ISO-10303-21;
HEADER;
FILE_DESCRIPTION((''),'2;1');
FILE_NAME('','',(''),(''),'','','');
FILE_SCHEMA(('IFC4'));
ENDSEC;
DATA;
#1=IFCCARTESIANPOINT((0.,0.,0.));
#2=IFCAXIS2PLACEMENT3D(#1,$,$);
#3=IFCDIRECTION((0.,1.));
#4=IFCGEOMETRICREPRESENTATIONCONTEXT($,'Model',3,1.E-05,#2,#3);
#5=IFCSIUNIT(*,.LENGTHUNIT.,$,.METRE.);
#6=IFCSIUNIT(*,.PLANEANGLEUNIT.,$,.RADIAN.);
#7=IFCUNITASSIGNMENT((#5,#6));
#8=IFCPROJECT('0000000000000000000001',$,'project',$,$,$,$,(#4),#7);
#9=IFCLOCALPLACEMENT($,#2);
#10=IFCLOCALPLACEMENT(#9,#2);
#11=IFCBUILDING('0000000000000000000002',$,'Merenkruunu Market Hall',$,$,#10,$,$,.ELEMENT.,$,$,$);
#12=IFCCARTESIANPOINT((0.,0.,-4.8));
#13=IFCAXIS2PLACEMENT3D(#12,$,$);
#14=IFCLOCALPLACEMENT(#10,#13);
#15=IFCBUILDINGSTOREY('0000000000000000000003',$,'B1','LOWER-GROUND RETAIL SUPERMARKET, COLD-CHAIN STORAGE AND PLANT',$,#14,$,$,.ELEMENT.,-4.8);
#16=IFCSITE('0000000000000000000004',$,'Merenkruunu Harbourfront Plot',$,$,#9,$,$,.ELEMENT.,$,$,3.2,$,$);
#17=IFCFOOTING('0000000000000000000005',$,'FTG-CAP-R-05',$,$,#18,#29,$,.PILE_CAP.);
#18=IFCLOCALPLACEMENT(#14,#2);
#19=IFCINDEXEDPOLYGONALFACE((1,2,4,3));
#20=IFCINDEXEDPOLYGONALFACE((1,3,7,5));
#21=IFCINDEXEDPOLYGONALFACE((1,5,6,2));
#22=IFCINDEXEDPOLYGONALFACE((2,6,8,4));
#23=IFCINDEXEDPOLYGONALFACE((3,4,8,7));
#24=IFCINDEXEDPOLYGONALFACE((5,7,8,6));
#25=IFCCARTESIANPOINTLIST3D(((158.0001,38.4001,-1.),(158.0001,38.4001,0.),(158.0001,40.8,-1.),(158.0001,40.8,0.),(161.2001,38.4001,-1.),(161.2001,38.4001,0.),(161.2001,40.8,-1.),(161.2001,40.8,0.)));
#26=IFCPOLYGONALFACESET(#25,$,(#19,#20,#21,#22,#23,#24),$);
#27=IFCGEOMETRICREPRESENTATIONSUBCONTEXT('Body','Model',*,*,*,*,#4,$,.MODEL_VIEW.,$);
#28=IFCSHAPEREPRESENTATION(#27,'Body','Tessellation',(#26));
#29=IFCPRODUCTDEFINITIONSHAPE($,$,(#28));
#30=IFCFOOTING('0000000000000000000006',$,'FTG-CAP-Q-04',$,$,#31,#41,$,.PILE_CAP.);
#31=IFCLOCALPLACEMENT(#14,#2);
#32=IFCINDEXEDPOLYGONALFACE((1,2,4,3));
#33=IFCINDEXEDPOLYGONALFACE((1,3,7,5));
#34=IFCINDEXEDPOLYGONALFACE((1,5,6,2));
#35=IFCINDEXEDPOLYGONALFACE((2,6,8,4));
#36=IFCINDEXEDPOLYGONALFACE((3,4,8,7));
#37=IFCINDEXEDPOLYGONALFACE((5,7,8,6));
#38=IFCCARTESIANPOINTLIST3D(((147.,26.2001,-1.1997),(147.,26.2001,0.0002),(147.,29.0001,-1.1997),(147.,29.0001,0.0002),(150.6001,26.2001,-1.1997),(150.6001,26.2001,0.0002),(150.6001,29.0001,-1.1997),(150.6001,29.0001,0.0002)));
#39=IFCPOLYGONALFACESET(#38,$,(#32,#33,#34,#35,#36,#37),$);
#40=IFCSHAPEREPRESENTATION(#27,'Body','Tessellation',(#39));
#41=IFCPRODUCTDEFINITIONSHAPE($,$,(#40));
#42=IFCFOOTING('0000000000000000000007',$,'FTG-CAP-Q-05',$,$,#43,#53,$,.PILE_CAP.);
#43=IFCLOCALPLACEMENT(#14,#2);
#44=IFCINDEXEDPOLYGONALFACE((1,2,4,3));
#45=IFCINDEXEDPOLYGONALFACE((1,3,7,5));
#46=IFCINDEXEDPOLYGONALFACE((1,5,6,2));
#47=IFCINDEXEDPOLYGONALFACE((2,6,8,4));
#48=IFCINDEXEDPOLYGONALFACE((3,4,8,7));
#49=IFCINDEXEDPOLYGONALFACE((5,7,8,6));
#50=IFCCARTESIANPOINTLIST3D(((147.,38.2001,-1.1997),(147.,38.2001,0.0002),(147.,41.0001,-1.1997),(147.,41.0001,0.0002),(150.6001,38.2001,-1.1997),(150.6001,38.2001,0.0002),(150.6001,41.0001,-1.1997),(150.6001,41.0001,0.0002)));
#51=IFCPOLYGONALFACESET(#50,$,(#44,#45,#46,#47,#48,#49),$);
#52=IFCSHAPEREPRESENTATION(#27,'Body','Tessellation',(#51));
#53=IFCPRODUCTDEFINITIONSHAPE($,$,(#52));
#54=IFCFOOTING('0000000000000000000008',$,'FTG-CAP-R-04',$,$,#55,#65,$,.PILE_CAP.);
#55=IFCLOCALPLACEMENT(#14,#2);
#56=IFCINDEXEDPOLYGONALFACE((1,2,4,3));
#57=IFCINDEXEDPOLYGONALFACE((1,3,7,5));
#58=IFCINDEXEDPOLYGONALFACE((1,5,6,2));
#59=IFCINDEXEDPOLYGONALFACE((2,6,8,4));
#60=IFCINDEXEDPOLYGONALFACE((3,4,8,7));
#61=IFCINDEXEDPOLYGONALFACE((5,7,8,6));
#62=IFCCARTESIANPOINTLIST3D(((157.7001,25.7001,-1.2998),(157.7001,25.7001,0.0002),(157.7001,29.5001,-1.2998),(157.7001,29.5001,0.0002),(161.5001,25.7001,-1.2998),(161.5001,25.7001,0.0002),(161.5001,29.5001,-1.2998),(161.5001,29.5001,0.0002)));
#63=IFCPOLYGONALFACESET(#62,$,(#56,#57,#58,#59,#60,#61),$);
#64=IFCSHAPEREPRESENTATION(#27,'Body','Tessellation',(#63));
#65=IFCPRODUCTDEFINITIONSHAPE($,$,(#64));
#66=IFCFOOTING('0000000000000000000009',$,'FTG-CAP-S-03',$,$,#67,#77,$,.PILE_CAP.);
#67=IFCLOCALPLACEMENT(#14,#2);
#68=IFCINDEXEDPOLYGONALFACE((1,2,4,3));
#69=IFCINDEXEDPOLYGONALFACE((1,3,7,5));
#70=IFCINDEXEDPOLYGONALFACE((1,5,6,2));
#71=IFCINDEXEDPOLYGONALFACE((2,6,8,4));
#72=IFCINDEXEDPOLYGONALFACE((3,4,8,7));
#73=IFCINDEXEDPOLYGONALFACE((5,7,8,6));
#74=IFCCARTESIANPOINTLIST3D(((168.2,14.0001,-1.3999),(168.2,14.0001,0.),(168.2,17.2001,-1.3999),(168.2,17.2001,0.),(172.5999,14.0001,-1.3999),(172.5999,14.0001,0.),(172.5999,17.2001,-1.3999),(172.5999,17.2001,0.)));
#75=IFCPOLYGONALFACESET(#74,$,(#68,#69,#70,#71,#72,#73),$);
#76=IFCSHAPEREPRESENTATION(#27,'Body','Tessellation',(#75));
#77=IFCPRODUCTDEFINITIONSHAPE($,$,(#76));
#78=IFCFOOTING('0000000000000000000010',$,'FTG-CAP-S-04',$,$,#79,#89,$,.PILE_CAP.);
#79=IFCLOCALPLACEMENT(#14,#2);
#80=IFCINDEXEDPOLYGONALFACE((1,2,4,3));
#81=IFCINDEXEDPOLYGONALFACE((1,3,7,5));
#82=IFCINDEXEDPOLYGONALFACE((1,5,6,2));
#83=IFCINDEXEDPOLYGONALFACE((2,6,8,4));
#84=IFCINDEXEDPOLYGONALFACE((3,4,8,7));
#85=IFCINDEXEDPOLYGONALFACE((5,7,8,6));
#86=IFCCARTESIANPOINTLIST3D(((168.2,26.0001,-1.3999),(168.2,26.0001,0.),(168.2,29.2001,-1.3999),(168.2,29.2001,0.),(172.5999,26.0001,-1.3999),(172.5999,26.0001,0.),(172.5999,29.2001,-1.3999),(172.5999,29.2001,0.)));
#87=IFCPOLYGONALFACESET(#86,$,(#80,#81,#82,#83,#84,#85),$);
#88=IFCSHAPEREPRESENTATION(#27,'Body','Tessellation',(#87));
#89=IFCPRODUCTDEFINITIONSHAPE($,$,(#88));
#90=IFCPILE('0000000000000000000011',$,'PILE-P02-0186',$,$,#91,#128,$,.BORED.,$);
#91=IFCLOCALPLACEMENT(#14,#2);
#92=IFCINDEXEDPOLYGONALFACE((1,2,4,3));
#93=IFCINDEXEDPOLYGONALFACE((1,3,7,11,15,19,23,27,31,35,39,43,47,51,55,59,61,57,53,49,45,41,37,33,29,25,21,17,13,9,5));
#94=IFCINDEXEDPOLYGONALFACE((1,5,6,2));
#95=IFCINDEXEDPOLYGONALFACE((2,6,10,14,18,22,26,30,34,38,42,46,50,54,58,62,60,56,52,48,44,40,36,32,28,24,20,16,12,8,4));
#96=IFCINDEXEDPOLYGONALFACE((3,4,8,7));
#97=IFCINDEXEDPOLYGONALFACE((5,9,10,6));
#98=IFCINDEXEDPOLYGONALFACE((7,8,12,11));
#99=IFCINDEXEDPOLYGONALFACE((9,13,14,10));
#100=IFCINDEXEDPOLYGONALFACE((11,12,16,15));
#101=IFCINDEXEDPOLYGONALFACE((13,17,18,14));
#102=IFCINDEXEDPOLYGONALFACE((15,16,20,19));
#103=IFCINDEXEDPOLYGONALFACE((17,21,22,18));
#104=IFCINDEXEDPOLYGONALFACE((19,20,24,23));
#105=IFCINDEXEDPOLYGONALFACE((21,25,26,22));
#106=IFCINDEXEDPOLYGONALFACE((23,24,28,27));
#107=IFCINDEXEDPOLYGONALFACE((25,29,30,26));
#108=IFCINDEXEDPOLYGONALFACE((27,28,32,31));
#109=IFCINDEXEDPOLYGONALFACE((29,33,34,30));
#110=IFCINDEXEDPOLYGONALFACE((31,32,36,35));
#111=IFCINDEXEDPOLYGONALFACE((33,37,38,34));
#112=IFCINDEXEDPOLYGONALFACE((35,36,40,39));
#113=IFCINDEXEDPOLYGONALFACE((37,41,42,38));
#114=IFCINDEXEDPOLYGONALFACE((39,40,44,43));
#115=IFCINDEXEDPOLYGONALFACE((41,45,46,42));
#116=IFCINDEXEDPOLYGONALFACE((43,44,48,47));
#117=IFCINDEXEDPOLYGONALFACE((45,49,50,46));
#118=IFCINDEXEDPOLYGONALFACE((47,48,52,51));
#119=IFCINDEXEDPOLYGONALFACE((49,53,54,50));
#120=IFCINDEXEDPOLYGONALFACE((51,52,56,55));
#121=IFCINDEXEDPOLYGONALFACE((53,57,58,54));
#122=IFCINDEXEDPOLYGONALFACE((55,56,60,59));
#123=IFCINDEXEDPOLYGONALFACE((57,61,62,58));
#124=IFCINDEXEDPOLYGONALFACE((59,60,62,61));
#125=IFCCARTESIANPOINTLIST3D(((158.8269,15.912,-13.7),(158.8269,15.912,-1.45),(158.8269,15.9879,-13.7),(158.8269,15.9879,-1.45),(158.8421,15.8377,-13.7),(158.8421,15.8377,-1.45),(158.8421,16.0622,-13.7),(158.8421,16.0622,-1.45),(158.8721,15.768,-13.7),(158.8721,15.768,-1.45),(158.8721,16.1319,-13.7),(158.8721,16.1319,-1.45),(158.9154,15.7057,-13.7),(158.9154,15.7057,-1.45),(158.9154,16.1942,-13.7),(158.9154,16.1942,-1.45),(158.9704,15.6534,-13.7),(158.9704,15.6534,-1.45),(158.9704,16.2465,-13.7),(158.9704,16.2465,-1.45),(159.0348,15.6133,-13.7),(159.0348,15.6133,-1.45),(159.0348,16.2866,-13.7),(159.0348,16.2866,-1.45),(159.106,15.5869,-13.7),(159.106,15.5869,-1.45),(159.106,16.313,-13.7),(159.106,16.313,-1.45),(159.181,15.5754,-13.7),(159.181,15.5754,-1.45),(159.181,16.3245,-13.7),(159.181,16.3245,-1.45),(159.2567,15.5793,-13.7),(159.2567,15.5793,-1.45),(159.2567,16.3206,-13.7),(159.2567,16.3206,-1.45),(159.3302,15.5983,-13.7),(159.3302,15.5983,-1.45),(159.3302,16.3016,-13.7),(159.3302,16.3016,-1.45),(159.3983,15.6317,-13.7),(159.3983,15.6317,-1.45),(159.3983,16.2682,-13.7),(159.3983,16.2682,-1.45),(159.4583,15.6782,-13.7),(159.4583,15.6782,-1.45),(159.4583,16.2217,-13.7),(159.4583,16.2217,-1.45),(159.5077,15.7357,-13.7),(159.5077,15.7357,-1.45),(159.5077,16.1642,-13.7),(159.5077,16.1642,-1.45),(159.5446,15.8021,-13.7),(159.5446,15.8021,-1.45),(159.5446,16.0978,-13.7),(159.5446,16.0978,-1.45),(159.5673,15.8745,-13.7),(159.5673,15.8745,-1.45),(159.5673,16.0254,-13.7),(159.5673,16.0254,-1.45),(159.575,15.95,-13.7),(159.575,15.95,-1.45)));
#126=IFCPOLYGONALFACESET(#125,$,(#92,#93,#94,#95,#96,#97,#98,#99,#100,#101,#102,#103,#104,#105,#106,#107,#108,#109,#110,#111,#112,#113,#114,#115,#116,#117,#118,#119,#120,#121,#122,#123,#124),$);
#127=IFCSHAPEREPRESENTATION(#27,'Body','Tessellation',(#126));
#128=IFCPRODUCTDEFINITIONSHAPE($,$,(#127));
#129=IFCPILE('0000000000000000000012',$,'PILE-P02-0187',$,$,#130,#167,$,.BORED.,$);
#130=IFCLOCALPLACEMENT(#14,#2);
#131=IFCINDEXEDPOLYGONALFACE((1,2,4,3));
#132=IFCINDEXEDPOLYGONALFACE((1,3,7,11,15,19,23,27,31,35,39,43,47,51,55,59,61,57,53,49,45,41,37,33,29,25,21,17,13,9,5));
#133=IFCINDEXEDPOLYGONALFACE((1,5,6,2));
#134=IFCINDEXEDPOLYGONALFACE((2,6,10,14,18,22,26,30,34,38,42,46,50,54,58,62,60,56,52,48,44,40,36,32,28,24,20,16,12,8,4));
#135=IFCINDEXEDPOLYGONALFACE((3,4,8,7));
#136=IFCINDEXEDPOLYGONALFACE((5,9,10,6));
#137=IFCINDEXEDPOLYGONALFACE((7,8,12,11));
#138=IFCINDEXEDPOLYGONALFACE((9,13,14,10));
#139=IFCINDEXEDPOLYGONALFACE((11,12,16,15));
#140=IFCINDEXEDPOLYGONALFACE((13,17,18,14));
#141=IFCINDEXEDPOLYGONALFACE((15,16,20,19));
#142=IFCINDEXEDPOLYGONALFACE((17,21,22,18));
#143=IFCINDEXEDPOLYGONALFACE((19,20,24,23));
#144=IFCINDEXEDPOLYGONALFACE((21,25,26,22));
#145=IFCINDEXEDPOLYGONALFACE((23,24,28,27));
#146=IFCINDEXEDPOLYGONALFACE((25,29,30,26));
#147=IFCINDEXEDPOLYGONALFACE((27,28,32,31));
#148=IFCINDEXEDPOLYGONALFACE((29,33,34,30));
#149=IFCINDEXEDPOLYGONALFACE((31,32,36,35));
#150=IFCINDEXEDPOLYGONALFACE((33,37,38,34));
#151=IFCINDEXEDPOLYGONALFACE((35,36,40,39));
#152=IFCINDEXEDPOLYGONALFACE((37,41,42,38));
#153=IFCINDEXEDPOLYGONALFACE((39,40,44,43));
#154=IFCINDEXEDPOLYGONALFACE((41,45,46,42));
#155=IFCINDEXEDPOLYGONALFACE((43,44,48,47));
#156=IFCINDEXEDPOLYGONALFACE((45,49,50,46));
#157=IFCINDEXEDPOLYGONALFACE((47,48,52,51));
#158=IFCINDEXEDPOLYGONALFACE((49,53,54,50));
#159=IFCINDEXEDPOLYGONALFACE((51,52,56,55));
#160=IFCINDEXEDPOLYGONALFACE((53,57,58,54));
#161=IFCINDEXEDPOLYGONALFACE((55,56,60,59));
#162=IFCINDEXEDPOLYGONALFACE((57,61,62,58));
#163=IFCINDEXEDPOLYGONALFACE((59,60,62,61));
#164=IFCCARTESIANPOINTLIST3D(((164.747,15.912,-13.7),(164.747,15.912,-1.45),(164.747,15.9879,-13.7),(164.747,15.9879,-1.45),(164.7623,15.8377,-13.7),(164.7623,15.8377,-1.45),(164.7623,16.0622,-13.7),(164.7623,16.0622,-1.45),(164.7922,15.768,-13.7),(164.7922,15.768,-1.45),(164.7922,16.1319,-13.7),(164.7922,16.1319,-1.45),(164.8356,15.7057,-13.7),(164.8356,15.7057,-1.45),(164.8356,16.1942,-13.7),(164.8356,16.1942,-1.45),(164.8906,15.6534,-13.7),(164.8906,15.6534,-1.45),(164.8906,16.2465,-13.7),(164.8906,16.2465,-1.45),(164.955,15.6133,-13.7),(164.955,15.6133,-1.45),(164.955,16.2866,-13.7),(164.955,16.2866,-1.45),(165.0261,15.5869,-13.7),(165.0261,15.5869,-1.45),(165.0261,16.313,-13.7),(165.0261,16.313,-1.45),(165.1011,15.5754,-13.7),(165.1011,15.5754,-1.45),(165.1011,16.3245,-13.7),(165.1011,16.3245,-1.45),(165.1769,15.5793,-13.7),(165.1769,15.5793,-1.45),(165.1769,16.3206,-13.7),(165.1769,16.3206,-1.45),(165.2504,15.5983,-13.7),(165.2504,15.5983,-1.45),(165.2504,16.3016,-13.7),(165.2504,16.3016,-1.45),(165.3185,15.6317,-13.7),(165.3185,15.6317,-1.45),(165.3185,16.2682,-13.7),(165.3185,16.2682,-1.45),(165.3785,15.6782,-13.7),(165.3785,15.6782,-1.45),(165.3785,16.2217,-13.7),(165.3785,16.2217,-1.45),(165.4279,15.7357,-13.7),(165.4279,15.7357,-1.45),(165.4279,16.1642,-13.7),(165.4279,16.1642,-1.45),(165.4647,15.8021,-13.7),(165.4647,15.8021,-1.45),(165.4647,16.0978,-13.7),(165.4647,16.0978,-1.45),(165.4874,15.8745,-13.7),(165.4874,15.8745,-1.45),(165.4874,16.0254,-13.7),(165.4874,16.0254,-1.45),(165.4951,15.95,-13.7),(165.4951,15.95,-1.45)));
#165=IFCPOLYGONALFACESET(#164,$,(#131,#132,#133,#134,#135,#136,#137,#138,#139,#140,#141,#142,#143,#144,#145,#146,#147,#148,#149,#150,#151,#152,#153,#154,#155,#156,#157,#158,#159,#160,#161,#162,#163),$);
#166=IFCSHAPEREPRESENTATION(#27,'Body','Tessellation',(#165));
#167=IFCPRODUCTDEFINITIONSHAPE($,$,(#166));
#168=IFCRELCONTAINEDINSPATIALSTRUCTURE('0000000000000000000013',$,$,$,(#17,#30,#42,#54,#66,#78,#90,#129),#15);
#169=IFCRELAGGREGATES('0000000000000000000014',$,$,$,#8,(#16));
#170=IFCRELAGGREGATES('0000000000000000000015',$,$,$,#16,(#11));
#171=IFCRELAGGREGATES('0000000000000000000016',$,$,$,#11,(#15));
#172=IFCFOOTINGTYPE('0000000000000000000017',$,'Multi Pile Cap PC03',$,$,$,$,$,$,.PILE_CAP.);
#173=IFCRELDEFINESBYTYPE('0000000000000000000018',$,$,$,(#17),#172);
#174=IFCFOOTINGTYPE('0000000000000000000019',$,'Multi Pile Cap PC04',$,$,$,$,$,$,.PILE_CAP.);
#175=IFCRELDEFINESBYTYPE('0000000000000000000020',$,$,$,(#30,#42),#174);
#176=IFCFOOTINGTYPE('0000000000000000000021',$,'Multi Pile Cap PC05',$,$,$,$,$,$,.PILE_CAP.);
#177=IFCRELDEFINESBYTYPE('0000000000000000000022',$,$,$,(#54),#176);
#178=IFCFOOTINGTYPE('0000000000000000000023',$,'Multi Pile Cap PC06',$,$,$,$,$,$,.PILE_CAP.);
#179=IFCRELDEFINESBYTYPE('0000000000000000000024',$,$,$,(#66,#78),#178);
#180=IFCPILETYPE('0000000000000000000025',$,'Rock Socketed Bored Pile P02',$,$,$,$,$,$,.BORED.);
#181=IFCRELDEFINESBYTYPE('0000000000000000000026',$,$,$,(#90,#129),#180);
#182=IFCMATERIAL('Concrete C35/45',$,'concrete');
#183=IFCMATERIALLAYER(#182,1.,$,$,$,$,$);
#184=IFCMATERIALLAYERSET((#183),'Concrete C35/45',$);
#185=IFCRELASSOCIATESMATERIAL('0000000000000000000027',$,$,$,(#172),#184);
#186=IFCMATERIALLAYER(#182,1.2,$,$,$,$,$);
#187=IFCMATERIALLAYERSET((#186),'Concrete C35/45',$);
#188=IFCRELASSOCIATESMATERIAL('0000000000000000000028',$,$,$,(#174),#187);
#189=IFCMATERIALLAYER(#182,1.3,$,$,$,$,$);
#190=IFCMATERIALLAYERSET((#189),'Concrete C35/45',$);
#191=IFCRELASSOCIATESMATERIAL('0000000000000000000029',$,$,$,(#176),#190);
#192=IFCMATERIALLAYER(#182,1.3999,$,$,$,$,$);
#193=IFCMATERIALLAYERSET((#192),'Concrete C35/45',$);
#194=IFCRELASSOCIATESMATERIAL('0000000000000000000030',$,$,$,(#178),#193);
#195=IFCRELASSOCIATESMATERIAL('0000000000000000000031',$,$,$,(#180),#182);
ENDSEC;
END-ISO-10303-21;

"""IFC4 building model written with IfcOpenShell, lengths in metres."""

from ifc_helpers import new_model, si_unit, direction, frame, origin, origin_2d, place, context, subcontext, project, spatial, rectangle, circle, extrude, material, layer, layer_set, material_profile, profile_set, type_object, element, save


model = new_model("IFC4")

# Units and contexts
model_context = context("Model", 3, precision=1e-05, world=origin(), true_north=direction((0.0, 1.0)))
body_context = subcontext(model_context, "Body", "Model", "MODEL_VIEW")
ifc_project = project(units=[si_unit("LENGTHUNIT", "METRE"), si_unit("PLANEANGLEUNIT", "RADIAN")], contexts=[model_context])

# Site, building, storey
site_placement = place(None, origin())
site = spatial("IfcSite", under=ifc_project, at=site_placement, Name="Merenkruunu Harbourfront Plot", CompositionType="ELEMENT", RefElevation=3.2)
building_placement = place(site_placement, origin())
building = spatial("IfcBuilding", under=site, at=building_placement, Name="Merenkruunu Market Hall", CompositionType="ELEMENT")
storey_placement = place(building_placement, frame((0.0, 0.0, -4.8)))
storey = spatial("IfcBuildingStorey", under=building, at=storey_placement, Name="B1", Description="LOWER-GROUND RETAIL SUPERMARKET, COLD-CHAIN STORAGE AND PLANT", CompositionType="ELEMENT", Elevation=-4.8)

# Footings
ifc_material = material(Name="Concrete C35/45", Category="concrete")
ifc_layer_1 = layer(ifc_material, 1.0)
ifc_layer_set_1 = layer_set([ifc_layer_1], Name="Concrete C35/45")
footing_type_1 = type_object("IfcFootingType", Name="Multi Pile Cap PC03", PredefinedType="PILE_CAP", material=ifc_layer_set_1)
footing_1_placement = place(storey_placement, frame((159.6001, 39.6001, -1.0), z_axis=(0.0, 0.0, 1.0), x_axis=(1.0, 0.0, 0.0)))
element("IfcFooting", 1, at=footing_1_placement, inside=storey, type_object=footing_type_1, Name="FTG-CAP-R-05", PredefinedType="PILE_CAP", context=body_context, shape_type="SweptSolid", body=[
    extrude(rectangle(XDim=3.2, YDim=2.3999, at=origin_2d()), origin(), (0.0, 0.0, 1.0), 1.0),
])
ifc_layer_2 = layer(ifc_material, 1.2)
ifc_layer_set_2 = layer_set([ifc_layer_2], Name="Concrete C35/45")
footing_type_2 = type_object("IfcFootingType", Name="Multi Pile Cap PC04", PredefinedType="PILE_CAP", material=ifc_layer_set_2)
for number, where, z_axis, x_axis, name in (
    (2, (148.8, 27.6001, -1.1997), (0.0, 0.0, 1.0), (1.0, 0.0, 0.0), "FTG-CAP-Q-04"),
    (3, (148.8, 39.6001, -1.1997), (0.0, 0.0, 1.0), (1.0, 0.0, 0.0), "FTG-CAP-Q-05"),
):
    element("IfcFooting", number, at=place(storey_placement, frame(where, z_axis=z_axis, x_axis=x_axis)), inside=storey, type_object=footing_type_2, Name=name, PredefinedType="PILE_CAP", context=body_context, shape_type="SweptSolid", body=[
        extrude(rectangle(XDim=3.6001, YDim=2.8, at=origin_2d()), origin(), (0.0, 0.0, 1.0), 1.2),
    ])
ifc_layer_3 = layer(ifc_material, 1.3)
ifc_layer_set_3 = layer_set([ifc_layer_3], Name="Concrete C35/45")
footing_type_3 = type_object("IfcFootingType", Name="Multi Pile Cap PC05", PredefinedType="PILE_CAP", material=ifc_layer_set_3)
footing_2_placement = place(storey_placement, frame((159.6001, 27.6001, -1.2998), z_axis=(0.0, 0.0, 1.0), x_axis=(1.0, 0.0, 0.0)))
element("IfcFooting", 4, at=footing_2_placement, inside=storey, type_object=footing_type_3, Name="FTG-CAP-R-04", PredefinedType="PILE_CAP", context=body_context, shape_type="SweptSolid", body=[
    extrude(rectangle(XDim=3.8, YDim=3.8, at=origin_2d()), origin(), (0.0, 0.0, 1.0), 1.3),
])
ifc_layer_4 = layer(ifc_material, 1.3999)
ifc_layer_set_4 = layer_set([ifc_layer_4], Name="Concrete C35/45")
footing_type_4 = type_object("IfcFootingType", Name="Multi Pile Cap PC06", PredefinedType="PILE_CAP", material=ifc_layer_set_4)
for number, where, z_axis, x_axis, name in (
    (5, (170.3999, 15.6001, -1.3999), (0.0, 0.0, 1.0), (1.0, 0.0, 0.0), "FTG-CAP-S-03"),
    (6, (170.3999, 27.6001, -1.3999), (0.0, 0.0, 1.0), (1.0, 0.0, 0.0), "FTG-CAP-S-04"),
):
    element("IfcFooting", number, at=place(storey_placement, frame(where, z_axis=z_axis, x_axis=x_axis)), inside=storey, type_object=footing_type_4, Name=name, PredefinedType="PILE_CAP", context=body_context, shape_type="SweptSolid", body=[
        extrude(rectangle(XDim=4.3999, YDim=3.2, at=origin_2d()), origin(), (0.0, 0.0, 1.0), 1.3999),
    ])

# Piles
ifc_material_profile_1 = material_profile(ifc_material, circle(Radius=0.375, at=origin_2d()), Name="BORED PILE 750")
ifc_profile_set_1 = profile_set([ifc_material_profile_1], Name="Concrete C35/45")
pile_type_1 = type_object("IfcPileType", Name="Rock Socketed Bored Pile P02", PredefinedType="BORED", material=ifc_profile_set_1)
for number, where, z_axis, x_axis, name in (
    (7, (159.2, 15.95, -1.45), (0.0, 0.0, -1.0), (1.0, 0.0, 0.0), "PILE-P02-0186"),
    (8, (165.1201, 15.95, -1.45), (0.0, 0.0, -1.0), (1.0, 0.0, 0.0), "PILE-P02-0187"),
):
    element("IfcPile", number, at=place(storey_placement, frame(where, z_axis=z_axis, x_axis=x_axis)), inside=storey, type_object=pile_type_1, Name=name, PredefinedType="BORED", context=body_context, shape_type="SweptSolid", body=[
        extrude(circle(Radius=0.375, at=origin_2d()), origin(), (0.0, 0.0, 1.0), 12.25),
    ])

save(model, "model.ifc")
